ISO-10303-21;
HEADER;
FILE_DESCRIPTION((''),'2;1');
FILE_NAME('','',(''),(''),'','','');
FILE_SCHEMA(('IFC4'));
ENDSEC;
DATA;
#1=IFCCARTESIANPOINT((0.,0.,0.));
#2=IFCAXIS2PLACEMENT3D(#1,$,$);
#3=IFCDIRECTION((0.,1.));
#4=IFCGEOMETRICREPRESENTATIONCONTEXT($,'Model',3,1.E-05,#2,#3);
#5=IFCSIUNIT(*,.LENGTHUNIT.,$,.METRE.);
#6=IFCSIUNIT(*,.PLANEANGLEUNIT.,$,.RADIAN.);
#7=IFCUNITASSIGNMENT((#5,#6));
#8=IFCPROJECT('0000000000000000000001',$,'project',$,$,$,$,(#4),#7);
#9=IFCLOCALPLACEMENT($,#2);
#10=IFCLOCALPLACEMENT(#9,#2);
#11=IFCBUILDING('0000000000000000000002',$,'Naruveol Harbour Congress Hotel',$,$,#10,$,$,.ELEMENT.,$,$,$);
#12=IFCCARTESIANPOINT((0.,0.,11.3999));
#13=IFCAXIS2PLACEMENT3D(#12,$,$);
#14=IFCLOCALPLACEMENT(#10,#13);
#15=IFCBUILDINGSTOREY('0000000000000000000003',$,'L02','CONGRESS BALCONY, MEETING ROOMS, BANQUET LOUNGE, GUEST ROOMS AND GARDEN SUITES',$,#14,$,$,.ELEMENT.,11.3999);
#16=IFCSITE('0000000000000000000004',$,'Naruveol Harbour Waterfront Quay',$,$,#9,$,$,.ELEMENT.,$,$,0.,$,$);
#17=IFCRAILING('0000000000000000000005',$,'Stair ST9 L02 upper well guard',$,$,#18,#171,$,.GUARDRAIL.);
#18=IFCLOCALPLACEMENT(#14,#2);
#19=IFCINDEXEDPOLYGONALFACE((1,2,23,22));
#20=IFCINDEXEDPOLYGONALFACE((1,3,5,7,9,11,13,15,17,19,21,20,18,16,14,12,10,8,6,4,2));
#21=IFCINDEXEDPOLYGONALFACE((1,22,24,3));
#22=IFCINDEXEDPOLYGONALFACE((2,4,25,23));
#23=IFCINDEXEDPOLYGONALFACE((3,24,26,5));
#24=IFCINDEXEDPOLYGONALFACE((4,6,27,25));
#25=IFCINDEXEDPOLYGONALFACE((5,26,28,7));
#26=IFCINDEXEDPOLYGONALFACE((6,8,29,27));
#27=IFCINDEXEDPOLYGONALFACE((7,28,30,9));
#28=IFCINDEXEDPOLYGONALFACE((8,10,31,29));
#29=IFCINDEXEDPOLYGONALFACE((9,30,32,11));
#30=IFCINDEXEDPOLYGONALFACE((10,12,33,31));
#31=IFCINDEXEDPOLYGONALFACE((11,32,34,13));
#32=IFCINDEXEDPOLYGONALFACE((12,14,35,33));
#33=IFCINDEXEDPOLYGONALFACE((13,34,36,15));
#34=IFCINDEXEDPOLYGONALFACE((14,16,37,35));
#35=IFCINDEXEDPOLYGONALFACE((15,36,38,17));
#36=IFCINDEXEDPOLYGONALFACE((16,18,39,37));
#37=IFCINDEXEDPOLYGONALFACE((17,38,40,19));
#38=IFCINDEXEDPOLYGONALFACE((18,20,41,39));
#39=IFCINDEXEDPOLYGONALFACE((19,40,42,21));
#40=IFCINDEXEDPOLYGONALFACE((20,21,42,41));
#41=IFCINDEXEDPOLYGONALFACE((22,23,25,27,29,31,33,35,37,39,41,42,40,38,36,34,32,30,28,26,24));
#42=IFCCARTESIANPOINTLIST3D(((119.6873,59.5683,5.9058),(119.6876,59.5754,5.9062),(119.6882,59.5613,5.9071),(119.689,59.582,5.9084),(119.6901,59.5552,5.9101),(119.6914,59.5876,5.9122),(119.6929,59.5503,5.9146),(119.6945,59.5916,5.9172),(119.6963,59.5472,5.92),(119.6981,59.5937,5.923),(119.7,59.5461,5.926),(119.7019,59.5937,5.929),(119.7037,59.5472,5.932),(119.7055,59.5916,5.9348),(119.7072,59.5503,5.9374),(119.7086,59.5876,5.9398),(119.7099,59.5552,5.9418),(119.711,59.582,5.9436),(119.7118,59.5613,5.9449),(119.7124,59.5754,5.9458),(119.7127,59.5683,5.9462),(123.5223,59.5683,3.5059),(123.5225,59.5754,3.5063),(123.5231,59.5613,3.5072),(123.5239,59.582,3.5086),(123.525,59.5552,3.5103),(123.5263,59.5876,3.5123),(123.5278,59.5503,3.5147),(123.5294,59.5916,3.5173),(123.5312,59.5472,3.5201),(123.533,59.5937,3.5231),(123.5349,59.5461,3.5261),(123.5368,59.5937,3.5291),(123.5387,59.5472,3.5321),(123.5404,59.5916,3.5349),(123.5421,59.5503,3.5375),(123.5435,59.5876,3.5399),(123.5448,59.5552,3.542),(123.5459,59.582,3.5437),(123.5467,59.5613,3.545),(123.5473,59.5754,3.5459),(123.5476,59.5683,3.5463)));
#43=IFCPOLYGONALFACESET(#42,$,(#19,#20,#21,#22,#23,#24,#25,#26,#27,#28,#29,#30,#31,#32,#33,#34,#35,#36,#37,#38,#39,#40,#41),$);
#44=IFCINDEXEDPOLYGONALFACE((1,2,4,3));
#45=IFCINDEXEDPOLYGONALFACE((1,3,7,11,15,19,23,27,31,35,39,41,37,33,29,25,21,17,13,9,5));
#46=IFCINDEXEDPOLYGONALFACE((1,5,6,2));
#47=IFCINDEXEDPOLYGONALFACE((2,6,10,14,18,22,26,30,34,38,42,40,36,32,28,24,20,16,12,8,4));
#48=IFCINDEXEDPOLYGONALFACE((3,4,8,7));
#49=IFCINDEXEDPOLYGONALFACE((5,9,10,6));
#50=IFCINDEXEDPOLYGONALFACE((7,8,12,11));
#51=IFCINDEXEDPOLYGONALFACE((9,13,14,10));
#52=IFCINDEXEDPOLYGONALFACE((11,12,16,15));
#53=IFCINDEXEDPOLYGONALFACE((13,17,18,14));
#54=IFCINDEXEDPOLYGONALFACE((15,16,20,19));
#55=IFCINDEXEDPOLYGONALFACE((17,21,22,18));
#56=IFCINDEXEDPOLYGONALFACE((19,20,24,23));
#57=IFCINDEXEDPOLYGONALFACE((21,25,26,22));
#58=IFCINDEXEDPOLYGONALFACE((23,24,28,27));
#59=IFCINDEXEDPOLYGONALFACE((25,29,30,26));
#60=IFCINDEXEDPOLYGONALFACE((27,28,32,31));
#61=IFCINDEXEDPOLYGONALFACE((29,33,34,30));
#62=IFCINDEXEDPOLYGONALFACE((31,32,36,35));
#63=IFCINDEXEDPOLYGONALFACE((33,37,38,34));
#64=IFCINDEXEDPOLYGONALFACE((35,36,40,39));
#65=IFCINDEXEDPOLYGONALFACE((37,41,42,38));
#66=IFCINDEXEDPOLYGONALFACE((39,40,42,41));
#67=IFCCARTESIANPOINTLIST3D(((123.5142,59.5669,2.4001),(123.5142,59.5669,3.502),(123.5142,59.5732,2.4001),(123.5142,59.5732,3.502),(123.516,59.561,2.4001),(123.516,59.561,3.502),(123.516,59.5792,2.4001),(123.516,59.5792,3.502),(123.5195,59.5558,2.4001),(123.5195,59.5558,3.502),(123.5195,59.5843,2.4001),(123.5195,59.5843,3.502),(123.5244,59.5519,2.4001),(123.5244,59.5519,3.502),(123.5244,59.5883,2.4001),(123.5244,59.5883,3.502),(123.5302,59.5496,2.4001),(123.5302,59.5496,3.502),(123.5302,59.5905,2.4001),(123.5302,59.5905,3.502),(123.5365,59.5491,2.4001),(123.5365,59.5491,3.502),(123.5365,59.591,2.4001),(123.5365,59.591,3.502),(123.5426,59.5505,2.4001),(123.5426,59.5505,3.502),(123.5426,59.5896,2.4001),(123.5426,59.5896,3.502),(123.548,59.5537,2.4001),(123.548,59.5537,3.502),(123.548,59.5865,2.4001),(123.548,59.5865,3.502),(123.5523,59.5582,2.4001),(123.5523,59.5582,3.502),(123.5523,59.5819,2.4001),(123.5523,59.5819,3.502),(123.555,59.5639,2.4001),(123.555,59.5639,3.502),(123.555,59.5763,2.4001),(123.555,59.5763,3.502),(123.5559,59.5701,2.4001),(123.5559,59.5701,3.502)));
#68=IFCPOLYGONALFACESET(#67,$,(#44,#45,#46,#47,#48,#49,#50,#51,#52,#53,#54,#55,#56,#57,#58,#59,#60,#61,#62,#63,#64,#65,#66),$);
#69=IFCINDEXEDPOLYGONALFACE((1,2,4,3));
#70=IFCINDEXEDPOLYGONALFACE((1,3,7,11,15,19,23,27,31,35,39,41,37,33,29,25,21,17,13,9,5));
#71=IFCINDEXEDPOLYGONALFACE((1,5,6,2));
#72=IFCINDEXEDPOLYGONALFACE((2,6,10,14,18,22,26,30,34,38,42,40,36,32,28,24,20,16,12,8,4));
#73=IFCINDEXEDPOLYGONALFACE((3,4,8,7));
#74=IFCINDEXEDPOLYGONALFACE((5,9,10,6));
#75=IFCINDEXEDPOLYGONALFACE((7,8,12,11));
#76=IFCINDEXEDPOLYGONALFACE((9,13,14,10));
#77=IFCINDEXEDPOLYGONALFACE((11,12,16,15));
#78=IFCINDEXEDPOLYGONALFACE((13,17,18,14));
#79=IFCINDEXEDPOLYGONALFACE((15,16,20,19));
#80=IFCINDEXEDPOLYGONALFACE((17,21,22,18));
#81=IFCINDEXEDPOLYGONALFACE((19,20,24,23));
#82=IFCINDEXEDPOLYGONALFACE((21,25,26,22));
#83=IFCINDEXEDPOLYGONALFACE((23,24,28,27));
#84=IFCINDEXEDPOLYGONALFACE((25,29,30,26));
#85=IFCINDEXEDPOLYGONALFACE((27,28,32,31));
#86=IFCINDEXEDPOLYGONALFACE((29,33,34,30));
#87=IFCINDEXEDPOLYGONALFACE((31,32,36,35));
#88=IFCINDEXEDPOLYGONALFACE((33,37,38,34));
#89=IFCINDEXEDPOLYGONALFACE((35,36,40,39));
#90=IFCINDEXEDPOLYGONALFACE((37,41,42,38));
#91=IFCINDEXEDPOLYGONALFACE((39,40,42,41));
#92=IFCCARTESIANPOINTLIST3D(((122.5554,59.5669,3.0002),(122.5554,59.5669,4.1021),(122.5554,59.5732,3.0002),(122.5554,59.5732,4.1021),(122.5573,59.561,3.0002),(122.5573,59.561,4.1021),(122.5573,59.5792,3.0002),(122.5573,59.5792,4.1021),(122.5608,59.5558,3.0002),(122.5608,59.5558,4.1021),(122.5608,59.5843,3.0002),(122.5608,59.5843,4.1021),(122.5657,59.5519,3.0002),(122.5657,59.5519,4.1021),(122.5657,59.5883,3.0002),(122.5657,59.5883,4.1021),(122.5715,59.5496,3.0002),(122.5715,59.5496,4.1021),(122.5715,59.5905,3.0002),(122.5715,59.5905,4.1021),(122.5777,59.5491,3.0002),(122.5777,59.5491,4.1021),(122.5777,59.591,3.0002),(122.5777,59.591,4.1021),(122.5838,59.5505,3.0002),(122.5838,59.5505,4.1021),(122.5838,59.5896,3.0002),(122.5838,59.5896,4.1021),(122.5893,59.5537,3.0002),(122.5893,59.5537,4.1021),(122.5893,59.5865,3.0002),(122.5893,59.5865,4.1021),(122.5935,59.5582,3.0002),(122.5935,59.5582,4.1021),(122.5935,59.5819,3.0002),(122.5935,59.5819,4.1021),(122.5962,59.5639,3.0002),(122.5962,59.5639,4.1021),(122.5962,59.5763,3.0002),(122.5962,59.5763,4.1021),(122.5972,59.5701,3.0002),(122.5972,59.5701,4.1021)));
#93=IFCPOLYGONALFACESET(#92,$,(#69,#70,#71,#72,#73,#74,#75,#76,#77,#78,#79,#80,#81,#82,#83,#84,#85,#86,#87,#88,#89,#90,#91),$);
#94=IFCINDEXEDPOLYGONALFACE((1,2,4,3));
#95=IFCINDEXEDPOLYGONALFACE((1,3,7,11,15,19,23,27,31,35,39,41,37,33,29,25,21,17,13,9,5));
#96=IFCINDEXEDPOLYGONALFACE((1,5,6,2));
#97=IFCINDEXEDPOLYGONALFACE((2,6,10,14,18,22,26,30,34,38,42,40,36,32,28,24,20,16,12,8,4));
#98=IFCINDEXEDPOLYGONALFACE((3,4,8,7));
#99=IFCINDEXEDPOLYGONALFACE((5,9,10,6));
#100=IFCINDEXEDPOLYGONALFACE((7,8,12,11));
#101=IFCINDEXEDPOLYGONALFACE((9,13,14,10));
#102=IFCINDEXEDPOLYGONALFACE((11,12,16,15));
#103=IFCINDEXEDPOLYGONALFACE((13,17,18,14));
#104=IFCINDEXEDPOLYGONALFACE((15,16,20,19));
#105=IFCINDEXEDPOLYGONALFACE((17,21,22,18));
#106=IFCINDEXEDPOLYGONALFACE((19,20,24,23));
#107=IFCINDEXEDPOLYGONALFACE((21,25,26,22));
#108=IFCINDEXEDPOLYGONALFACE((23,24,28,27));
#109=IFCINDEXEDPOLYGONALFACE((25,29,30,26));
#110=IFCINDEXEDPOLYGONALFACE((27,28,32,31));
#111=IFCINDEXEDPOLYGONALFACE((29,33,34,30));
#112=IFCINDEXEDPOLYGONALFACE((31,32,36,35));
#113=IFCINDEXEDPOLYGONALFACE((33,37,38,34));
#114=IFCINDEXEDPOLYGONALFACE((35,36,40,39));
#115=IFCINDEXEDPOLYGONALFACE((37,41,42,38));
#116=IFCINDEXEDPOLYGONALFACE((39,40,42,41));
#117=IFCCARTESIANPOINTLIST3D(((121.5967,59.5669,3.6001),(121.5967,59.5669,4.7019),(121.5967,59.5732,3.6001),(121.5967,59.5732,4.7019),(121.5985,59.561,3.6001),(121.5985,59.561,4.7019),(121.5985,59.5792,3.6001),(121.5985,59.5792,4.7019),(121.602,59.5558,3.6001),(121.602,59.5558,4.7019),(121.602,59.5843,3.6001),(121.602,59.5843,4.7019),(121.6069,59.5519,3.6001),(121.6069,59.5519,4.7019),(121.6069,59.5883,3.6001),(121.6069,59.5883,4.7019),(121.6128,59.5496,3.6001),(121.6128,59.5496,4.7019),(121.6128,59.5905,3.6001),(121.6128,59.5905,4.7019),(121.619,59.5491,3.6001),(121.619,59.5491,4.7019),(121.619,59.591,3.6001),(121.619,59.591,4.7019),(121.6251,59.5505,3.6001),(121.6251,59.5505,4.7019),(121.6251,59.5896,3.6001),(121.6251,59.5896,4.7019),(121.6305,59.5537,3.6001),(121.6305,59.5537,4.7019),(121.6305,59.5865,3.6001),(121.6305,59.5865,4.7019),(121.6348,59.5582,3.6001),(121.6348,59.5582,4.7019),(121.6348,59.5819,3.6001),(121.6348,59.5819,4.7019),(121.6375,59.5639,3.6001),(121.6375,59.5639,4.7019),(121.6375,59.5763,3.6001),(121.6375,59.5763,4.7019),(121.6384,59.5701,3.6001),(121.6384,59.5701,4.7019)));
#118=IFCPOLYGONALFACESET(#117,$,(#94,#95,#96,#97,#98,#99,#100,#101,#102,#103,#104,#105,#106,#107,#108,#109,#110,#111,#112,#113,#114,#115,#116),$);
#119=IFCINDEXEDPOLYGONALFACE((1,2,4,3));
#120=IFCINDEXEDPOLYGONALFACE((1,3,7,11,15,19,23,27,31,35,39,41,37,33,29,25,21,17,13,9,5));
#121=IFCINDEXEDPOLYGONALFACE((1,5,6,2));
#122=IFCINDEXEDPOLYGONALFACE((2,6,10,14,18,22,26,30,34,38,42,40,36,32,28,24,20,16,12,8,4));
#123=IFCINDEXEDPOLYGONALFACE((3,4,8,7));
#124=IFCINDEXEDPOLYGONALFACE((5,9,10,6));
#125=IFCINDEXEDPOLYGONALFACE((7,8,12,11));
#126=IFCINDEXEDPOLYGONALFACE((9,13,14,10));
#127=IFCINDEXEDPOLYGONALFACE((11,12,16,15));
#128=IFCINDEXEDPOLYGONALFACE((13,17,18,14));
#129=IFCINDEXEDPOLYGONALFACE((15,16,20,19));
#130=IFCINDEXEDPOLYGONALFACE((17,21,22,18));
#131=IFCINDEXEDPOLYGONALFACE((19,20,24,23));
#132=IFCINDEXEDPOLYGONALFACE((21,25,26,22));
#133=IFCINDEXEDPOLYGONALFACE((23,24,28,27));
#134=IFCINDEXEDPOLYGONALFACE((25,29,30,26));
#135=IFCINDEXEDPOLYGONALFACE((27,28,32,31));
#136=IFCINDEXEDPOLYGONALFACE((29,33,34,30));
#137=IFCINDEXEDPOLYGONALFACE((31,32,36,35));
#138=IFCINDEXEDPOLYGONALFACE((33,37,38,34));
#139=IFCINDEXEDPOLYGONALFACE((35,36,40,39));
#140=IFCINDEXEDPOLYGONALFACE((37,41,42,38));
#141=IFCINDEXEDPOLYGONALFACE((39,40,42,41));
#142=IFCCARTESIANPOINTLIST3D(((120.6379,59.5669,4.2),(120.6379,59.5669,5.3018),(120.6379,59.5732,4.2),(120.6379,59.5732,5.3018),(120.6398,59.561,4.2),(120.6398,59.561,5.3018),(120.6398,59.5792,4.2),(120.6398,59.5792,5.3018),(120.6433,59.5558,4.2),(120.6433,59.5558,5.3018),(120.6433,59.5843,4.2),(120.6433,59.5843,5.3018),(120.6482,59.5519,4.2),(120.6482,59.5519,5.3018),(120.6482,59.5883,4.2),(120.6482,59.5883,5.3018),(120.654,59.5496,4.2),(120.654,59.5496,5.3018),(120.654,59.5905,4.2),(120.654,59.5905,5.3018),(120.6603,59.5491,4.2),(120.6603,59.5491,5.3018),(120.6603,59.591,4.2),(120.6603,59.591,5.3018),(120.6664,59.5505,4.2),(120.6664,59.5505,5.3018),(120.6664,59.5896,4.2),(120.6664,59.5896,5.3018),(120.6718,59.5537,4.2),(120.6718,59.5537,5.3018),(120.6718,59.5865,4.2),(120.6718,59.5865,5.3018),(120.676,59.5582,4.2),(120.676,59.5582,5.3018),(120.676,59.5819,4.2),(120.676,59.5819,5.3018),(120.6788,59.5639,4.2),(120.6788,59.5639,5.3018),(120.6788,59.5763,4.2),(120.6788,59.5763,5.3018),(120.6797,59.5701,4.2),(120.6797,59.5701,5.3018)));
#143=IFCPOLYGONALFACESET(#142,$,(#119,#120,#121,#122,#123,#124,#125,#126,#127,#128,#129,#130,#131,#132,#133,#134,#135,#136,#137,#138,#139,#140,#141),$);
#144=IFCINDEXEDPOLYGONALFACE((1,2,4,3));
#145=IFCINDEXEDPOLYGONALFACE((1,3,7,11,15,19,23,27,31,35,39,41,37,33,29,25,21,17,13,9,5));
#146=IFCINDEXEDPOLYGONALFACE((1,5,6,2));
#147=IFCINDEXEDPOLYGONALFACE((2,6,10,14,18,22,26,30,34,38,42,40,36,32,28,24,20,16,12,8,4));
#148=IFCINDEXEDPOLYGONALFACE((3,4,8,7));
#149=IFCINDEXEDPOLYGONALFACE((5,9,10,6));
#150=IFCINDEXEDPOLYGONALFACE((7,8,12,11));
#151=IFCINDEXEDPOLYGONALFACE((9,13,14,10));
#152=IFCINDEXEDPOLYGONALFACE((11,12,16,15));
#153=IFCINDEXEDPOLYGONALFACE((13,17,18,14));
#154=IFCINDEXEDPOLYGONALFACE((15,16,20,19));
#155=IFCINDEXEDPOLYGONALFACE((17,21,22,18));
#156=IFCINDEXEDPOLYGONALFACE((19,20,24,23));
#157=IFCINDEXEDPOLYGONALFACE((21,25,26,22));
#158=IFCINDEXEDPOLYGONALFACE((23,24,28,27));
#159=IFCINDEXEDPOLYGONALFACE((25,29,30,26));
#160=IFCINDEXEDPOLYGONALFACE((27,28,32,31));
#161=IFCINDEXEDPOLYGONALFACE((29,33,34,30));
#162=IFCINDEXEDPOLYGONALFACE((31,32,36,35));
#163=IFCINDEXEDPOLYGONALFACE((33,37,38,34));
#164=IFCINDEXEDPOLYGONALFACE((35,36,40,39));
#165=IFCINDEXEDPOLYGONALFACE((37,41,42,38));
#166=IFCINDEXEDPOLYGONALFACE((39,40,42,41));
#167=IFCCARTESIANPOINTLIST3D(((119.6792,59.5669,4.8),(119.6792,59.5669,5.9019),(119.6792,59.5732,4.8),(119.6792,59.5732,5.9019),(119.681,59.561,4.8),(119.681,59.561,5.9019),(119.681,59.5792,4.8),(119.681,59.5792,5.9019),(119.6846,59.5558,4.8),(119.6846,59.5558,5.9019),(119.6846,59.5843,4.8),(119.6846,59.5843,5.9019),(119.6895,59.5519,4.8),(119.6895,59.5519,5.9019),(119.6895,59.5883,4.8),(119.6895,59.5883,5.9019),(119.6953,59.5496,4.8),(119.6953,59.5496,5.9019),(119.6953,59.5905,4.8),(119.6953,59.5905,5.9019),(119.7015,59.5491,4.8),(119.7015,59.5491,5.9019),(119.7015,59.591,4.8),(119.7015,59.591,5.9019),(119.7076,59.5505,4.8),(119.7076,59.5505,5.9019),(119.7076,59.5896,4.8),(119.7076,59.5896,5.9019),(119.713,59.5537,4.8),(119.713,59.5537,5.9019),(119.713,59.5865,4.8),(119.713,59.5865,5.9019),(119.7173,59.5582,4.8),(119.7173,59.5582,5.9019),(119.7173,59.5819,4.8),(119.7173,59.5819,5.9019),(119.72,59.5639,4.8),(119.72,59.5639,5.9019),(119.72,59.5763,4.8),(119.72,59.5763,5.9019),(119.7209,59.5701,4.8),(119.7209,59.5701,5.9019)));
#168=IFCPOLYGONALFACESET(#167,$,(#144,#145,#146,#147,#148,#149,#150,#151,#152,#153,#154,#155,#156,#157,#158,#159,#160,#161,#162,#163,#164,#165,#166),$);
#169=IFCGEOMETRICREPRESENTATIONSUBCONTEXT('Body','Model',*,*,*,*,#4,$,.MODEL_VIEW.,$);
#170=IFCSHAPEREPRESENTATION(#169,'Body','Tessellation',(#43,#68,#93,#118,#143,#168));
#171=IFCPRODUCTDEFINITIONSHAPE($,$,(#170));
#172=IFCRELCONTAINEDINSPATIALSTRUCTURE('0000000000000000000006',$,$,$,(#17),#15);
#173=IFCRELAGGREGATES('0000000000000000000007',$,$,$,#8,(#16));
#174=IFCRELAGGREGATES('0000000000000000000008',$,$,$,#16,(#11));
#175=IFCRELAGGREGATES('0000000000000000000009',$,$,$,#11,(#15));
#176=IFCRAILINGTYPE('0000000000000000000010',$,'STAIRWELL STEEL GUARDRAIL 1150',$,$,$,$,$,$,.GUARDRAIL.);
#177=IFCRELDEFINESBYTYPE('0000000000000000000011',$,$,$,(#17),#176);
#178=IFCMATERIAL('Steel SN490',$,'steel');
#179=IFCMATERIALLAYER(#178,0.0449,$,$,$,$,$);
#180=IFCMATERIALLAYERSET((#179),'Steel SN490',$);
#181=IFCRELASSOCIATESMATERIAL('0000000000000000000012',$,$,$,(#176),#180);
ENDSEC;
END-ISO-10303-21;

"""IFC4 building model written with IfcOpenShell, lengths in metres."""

from ifc_helpers import new_model, si_unit, direction, frame, origin, origin_2d, place, context, subcontext, project, spatial, circle, extrude, material, layer, layer_set, type_object, element, save


model = new_model("IFC4")

# Units and contexts
model_context = context("Model", 3, precision=1e-05, world=origin(), true_north=direction((0.0, 1.0)))
body_context = subcontext(model_context, "Body", "Model", "MODEL_VIEW")
ifc_project = project(units=[si_unit("LENGTHUNIT", "METRE"), si_unit("PLANEANGLEUNIT", "RADIAN")], contexts=[model_context])

# Site, building, storey
site_placement = place(None, origin())
site = spatial("IfcSite", under=ifc_project, at=site_placement, Name="Naruveol Harbour Waterfront Quay", CompositionType="ELEMENT", RefElevation=0.0)
building_placement = place(site_placement, origin())
building = spatial("IfcBuilding", under=site, at=building_placement, Name="Naruveol Harbour Congress Hotel", CompositionType="ELEMENT")
storey_placement = place(building_placement, frame((0.0, 0.0, 11.3999)))
storey = spatial("IfcBuildingStorey", under=building, at=storey_placement, Name="L02", Description="CONGRESS BALCONY, MEETING ROOMS, BANQUET LOUNGE, GUEST ROOMS AND GARDEN SUITES", CompositionType="ELEMENT", Elevation=11.3999)

# Railing
ifc_material_1 = material(Name="Steel SN490", Category="steel")
ifc_layer_1 = layer(ifc_material_1, 0.0449)
ifc_layer_set_1 = layer_set([ifc_layer_1], Name="Steel SN490")
railing_type_1 = type_object("IfcRailingType", Name="STAIRWELL STEEL GUARDRAIL 1150", PredefinedType="GUARDRAIL", material=ifc_layer_set_1)
railing_1_placement = place(storey_placement, frame((123.5349, 59.5701, 2.4001)))
element("IfcRailing", 1, at=railing_1_placement, inside=storey, type_object=railing_type_1, Name="Stair ST9 L02 upper well guard", PredefinedType="GUARDRAIL", context=body_context, shape_type="SweptSolid", body=[
    extrude(circle(Radius=0.0239, at=origin_2d()), frame((0.0, 0.0, 1.126), z_axis=(-0.847695, 0.0, 0.530484), x_axis=(0.0, -1.0, 0.0)), (0.0, 0.0, 1.0), 4.5239),
    extrude(circle(Radius=0.021, at=origin_2d()), origin(), (0.0, 0.0, 1.0), 1.1018),
    extrude(circle(Radius=0.021, at=origin_2d()), frame((-0.9587, 0.0, 0.6001)), (0.0, 0.0, 1.0), 1.1018),
    extrude(circle(Radius=0.021, at=origin_2d()), frame((-1.9175, 0.0, 1.2)), (0.0, 0.0, 1.0), 1.1018),
    extrude(circle(Radius=0.021, at=origin_2d()), frame((-2.8762, 0.0, 1.7998)), (0.0, 0.0, 1.0), 1.1018),
    extrude(circle(Radius=0.021, at=origin_2d()), frame((-3.835, 0.0, 2.3999)), (0.0, 0.0, 1.0), 1.1018),
])

save(model, "model.ifc")
